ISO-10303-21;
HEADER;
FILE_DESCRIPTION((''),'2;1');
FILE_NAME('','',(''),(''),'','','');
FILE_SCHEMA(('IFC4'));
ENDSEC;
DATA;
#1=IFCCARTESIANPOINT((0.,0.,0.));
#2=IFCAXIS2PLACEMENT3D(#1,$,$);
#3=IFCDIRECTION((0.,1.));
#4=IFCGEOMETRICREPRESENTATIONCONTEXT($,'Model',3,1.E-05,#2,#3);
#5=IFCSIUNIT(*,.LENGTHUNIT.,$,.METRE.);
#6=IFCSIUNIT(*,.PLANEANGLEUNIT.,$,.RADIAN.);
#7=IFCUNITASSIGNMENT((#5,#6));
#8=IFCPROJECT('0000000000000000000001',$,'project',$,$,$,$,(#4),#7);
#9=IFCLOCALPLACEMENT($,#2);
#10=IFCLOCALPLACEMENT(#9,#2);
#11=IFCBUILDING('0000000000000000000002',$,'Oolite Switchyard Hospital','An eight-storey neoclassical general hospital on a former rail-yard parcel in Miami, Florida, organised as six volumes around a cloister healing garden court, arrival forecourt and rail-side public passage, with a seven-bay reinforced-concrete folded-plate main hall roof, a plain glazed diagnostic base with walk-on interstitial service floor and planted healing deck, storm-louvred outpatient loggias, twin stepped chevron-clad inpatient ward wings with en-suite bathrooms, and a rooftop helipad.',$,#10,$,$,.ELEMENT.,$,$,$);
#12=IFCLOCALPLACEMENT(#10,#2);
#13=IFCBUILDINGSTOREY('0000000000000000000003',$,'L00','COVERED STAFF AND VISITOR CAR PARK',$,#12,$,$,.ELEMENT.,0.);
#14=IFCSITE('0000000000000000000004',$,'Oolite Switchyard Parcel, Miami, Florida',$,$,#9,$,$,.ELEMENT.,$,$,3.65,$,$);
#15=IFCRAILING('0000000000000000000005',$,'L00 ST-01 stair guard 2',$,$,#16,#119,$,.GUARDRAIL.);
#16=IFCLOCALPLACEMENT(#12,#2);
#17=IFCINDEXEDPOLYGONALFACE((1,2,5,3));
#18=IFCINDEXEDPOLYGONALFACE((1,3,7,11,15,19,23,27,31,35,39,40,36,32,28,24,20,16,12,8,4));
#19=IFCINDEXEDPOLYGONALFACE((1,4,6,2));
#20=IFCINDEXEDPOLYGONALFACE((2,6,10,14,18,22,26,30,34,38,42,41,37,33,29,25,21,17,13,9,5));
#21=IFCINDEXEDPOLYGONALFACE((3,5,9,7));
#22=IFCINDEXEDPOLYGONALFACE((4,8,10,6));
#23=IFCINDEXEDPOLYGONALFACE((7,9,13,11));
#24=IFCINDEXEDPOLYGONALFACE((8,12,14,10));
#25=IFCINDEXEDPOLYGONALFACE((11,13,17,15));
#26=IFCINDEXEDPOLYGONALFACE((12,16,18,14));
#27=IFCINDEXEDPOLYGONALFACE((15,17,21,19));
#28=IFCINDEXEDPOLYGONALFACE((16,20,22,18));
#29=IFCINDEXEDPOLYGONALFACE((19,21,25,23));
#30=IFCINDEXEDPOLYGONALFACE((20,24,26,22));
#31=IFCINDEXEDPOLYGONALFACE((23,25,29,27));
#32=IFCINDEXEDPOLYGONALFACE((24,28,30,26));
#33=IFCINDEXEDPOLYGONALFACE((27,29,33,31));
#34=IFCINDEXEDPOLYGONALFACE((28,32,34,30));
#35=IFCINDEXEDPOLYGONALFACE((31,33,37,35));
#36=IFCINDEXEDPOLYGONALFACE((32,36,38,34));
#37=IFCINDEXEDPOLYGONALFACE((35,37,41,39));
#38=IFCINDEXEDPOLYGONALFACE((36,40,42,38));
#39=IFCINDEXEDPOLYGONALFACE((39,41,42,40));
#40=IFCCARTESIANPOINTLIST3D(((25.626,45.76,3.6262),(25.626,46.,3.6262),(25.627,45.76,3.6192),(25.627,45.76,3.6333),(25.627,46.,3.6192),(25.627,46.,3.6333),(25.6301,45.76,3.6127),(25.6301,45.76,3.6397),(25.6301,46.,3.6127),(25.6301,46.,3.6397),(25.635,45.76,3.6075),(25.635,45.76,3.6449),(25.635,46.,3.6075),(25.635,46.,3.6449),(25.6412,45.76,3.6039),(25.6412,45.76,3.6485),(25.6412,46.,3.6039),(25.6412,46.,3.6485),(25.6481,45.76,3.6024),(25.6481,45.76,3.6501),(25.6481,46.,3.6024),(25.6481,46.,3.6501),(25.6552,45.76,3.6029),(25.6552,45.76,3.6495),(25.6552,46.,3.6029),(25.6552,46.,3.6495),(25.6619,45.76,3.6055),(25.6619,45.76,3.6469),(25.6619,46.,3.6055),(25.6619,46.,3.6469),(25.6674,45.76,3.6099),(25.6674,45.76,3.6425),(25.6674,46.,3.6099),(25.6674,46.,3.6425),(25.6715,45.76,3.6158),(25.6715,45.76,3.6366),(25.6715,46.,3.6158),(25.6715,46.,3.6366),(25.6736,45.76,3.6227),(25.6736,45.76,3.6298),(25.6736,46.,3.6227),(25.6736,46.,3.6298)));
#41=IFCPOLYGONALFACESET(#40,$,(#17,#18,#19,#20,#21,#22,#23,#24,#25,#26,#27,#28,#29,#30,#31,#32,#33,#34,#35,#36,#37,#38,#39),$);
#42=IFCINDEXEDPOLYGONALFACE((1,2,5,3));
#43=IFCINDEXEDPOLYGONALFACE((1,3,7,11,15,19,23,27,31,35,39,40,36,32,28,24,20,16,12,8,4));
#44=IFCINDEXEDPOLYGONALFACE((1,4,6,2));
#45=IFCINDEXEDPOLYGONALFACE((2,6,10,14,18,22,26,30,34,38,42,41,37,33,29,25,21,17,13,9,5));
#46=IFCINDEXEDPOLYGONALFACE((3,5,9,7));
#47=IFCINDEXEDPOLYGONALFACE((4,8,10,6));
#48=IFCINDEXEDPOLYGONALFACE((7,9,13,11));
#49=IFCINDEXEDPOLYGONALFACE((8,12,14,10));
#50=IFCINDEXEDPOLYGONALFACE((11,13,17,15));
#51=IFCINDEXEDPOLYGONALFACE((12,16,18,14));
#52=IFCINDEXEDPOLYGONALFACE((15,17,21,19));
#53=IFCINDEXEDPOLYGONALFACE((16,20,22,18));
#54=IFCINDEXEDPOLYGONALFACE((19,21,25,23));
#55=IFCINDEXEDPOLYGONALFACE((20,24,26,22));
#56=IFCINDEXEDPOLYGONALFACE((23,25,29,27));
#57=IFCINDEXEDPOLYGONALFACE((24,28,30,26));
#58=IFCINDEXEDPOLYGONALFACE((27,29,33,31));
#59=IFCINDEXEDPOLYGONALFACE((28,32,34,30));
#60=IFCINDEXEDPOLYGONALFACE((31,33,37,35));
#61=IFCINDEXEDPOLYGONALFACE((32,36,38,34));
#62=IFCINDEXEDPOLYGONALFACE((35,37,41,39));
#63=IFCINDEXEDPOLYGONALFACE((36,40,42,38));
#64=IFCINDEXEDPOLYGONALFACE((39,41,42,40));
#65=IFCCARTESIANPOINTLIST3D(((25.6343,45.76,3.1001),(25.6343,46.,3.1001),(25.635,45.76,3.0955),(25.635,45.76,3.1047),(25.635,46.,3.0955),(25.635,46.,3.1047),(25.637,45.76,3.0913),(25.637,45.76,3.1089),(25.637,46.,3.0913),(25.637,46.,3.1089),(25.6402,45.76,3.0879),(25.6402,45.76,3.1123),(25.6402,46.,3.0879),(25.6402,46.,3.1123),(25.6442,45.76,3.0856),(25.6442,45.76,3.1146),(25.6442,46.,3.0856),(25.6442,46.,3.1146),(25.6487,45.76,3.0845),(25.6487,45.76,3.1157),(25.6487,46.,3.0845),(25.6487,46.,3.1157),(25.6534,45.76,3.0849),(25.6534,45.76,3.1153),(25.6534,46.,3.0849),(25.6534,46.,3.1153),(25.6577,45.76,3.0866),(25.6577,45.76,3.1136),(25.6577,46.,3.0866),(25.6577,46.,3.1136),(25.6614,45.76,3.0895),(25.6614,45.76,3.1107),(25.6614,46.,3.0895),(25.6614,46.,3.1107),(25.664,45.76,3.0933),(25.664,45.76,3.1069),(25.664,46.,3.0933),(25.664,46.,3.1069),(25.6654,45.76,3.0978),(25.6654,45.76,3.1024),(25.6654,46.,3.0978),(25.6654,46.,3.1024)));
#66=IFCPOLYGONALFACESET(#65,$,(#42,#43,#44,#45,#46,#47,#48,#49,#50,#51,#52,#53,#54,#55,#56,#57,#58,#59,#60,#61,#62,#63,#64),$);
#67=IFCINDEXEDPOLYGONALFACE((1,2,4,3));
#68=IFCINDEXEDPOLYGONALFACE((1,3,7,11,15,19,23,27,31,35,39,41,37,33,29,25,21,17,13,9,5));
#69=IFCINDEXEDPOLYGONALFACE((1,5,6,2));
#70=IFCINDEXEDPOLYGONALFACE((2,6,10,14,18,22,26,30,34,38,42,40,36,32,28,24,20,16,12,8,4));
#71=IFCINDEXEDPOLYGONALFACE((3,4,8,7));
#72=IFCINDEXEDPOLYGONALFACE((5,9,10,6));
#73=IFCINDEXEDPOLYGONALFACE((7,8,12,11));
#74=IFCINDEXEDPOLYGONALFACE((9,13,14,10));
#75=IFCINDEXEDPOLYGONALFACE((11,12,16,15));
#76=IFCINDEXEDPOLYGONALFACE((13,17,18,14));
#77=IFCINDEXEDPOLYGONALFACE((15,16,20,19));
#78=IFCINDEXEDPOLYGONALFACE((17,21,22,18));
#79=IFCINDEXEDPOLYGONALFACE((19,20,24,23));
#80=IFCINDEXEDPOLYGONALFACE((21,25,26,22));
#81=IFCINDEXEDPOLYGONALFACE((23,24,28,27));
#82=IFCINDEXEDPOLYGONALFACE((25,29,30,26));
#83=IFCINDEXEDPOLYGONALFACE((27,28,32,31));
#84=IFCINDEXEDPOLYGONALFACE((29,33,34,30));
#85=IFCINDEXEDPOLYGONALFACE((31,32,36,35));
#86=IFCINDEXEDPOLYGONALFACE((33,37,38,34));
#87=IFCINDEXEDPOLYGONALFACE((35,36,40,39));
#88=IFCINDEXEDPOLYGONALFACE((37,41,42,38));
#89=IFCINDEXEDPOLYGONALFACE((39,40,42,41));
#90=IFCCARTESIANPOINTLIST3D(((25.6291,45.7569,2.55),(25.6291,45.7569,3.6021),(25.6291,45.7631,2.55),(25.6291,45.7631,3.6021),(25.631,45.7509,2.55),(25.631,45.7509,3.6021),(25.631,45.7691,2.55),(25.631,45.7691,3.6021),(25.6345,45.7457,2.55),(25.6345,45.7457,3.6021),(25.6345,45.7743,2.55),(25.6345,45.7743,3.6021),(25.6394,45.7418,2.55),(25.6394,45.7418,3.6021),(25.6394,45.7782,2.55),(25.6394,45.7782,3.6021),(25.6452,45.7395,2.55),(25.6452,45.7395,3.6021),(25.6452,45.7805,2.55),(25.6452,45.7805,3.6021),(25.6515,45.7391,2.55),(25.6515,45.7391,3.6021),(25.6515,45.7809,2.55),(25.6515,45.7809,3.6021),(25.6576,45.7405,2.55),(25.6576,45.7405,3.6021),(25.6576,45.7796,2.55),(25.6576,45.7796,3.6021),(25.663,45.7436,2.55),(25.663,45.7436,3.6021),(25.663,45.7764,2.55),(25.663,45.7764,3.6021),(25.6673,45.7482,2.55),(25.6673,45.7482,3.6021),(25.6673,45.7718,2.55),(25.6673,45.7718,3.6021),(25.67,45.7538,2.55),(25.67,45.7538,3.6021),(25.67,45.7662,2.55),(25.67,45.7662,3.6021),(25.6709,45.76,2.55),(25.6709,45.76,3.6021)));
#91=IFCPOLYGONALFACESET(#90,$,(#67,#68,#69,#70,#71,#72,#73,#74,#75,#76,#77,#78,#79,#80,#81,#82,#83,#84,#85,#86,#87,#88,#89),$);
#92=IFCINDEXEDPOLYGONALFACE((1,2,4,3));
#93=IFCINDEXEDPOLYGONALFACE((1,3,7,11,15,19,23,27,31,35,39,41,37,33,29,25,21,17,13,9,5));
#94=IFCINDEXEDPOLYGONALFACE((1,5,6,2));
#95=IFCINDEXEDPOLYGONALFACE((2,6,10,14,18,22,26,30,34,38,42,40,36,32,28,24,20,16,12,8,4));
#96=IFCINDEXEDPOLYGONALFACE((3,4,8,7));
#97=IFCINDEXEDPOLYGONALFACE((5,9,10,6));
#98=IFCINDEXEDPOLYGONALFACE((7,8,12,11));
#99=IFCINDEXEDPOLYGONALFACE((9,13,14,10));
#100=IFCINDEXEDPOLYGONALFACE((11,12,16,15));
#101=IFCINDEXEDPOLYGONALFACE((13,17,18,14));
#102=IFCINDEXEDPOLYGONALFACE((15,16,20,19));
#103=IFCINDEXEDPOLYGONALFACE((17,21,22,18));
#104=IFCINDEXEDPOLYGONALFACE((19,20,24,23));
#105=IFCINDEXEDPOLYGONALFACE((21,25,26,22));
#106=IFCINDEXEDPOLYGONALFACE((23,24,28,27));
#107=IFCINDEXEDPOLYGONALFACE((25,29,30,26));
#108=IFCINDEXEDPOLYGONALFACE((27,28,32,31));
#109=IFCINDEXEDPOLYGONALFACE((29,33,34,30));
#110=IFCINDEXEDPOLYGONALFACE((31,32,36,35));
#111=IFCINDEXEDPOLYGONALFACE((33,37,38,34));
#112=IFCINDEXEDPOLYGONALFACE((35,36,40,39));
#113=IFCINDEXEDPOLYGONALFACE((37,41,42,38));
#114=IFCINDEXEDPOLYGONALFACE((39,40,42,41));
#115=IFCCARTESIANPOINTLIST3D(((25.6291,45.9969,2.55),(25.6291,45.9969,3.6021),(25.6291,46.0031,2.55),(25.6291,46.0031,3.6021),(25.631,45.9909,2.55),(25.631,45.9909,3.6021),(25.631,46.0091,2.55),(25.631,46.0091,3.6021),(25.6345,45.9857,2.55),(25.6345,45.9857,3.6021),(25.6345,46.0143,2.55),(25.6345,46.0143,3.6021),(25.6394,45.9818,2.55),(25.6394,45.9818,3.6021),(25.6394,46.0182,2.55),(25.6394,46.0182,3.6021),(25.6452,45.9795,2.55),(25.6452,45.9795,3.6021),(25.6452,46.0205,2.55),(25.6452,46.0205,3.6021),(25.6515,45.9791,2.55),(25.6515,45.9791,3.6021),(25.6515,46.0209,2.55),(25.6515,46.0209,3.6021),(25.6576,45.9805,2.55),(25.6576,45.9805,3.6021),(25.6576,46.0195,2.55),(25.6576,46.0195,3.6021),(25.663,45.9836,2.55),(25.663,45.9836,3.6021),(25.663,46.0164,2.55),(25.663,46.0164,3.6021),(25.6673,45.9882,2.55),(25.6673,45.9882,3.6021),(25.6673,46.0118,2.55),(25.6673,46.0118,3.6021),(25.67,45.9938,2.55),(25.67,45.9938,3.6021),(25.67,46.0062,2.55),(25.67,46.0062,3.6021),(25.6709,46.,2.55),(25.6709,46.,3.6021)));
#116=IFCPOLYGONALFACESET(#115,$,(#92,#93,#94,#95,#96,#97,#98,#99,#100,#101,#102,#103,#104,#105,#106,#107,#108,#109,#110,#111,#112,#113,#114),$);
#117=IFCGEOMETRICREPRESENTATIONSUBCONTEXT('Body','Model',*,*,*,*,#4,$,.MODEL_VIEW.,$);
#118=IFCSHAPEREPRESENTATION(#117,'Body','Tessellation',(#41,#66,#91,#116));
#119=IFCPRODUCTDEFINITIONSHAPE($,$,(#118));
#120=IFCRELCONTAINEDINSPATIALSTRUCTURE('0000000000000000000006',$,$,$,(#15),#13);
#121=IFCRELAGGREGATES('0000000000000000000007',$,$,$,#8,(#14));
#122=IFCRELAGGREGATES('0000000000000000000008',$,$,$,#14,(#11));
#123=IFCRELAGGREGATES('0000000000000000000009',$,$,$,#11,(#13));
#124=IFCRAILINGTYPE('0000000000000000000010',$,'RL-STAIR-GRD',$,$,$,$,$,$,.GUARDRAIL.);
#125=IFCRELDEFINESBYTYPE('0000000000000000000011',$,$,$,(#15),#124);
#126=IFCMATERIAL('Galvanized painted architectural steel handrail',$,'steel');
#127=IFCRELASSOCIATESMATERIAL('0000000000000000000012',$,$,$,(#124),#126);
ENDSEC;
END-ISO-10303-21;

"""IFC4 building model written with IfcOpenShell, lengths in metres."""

from ifc_helpers import new_model, si_unit, direction, frame, origin, origin_2d, place, context, subcontext, project, spatial, circle, extrude, material, type_object, element, save


model = new_model("IFC4")

# Units and contexts
model_context = context("Model", 3, precision=1e-05, world=origin(), true_north=direction((0.0, 1.0)))
body_context = subcontext(model_context, "Body", "Model", "MODEL_VIEW")
ifc_project = project(units=[si_unit("LENGTHUNIT", "METRE"), si_unit("PLANEANGLEUNIT", "RADIAN")], contexts=[model_context])

# Site, building, storey
site_placement = place(None, origin())
site = spatial("IfcSite", under=ifc_project, at=site_placement, Name="Oolite Switchyard Parcel, Miami, Florida", CompositionType="ELEMENT", RefElevation=3.65)
building_placement = place(site_placement, origin())
building = spatial("IfcBuilding", under=site, at=building_placement, Name="Oolite Switchyard Hospital", Description="An eight-storey neoclassical general hospital on a former rail-yard parcel in Miami, Florida, organised as six volumes around a cloister healing garden court, arrival forecourt and rail-side public passage, with a seven-bay reinforced-concrete folded-plate main hall roof, a plain glazed diagnostic base with walk-on interstitial service floor and planted healing deck, storm-louvred outpatient loggias, twin stepped chevron-clad inpatient ward wings with en-suite bathrooms, and a rooftop helipad.", CompositionType="ELEMENT")
storey_placement = place(building_placement, origin())
storey = spatial("IfcBuildingStorey", under=building, at=storey_placement, Name="L00", Description="COVERED STAFF AND VISITOR CAR PARK", CompositionType="ELEMENT", Elevation=0.0)

# Railing
ifc_material_1 = material(Name="Galvanized painted architectural steel handrail", Category="steel")
railing_type_1 = type_object("IfcRailingType", Name="RL-STAIR-GRD", PredefinedType="GUARDRAIL", material=ifc_material_1)
railing_1_placement = place(storey_placement, frame((25.6499, 45.76, 2.55)))
element("IfcRailing", 1, at=railing_1_placement, inside=storey, type_object=railing_type_1, Name="L00 ST-01 stair guard 2", PredefinedType="GUARDRAIL", context=body_context, shape_type="SweptSolid", body=[
    extrude(circle(Radius=0.0239, at=origin_2d()), frame((0.0, 0.0, 1.0762), z_axis=(0.0, 1.0, 0.0), x_axis=(-1.0, 0.0, 0.0)), (0.0, 0.0, 1.0), 0.24),
    extrude(circle(Radius=0.0156, at=origin_2d()), frame((0.0, 0.0, 0.55), z_axis=(0.0, 1.0, 0.0), x_axis=(-1.0, 0.0, 0.0)), (0.0, 0.0, 1.0), 0.24),
    extrude(circle(Radius=0.021, at=origin_2d()), origin(), (0.0, 0.0, 1.0), 1.052),
    extrude(circle(Radius=0.021, at=origin_2d()), frame((0.0, 0.24, 0.0)), (0.0, 0.0, 1.0), 1.052),
])

save(model, "model.ifc")
